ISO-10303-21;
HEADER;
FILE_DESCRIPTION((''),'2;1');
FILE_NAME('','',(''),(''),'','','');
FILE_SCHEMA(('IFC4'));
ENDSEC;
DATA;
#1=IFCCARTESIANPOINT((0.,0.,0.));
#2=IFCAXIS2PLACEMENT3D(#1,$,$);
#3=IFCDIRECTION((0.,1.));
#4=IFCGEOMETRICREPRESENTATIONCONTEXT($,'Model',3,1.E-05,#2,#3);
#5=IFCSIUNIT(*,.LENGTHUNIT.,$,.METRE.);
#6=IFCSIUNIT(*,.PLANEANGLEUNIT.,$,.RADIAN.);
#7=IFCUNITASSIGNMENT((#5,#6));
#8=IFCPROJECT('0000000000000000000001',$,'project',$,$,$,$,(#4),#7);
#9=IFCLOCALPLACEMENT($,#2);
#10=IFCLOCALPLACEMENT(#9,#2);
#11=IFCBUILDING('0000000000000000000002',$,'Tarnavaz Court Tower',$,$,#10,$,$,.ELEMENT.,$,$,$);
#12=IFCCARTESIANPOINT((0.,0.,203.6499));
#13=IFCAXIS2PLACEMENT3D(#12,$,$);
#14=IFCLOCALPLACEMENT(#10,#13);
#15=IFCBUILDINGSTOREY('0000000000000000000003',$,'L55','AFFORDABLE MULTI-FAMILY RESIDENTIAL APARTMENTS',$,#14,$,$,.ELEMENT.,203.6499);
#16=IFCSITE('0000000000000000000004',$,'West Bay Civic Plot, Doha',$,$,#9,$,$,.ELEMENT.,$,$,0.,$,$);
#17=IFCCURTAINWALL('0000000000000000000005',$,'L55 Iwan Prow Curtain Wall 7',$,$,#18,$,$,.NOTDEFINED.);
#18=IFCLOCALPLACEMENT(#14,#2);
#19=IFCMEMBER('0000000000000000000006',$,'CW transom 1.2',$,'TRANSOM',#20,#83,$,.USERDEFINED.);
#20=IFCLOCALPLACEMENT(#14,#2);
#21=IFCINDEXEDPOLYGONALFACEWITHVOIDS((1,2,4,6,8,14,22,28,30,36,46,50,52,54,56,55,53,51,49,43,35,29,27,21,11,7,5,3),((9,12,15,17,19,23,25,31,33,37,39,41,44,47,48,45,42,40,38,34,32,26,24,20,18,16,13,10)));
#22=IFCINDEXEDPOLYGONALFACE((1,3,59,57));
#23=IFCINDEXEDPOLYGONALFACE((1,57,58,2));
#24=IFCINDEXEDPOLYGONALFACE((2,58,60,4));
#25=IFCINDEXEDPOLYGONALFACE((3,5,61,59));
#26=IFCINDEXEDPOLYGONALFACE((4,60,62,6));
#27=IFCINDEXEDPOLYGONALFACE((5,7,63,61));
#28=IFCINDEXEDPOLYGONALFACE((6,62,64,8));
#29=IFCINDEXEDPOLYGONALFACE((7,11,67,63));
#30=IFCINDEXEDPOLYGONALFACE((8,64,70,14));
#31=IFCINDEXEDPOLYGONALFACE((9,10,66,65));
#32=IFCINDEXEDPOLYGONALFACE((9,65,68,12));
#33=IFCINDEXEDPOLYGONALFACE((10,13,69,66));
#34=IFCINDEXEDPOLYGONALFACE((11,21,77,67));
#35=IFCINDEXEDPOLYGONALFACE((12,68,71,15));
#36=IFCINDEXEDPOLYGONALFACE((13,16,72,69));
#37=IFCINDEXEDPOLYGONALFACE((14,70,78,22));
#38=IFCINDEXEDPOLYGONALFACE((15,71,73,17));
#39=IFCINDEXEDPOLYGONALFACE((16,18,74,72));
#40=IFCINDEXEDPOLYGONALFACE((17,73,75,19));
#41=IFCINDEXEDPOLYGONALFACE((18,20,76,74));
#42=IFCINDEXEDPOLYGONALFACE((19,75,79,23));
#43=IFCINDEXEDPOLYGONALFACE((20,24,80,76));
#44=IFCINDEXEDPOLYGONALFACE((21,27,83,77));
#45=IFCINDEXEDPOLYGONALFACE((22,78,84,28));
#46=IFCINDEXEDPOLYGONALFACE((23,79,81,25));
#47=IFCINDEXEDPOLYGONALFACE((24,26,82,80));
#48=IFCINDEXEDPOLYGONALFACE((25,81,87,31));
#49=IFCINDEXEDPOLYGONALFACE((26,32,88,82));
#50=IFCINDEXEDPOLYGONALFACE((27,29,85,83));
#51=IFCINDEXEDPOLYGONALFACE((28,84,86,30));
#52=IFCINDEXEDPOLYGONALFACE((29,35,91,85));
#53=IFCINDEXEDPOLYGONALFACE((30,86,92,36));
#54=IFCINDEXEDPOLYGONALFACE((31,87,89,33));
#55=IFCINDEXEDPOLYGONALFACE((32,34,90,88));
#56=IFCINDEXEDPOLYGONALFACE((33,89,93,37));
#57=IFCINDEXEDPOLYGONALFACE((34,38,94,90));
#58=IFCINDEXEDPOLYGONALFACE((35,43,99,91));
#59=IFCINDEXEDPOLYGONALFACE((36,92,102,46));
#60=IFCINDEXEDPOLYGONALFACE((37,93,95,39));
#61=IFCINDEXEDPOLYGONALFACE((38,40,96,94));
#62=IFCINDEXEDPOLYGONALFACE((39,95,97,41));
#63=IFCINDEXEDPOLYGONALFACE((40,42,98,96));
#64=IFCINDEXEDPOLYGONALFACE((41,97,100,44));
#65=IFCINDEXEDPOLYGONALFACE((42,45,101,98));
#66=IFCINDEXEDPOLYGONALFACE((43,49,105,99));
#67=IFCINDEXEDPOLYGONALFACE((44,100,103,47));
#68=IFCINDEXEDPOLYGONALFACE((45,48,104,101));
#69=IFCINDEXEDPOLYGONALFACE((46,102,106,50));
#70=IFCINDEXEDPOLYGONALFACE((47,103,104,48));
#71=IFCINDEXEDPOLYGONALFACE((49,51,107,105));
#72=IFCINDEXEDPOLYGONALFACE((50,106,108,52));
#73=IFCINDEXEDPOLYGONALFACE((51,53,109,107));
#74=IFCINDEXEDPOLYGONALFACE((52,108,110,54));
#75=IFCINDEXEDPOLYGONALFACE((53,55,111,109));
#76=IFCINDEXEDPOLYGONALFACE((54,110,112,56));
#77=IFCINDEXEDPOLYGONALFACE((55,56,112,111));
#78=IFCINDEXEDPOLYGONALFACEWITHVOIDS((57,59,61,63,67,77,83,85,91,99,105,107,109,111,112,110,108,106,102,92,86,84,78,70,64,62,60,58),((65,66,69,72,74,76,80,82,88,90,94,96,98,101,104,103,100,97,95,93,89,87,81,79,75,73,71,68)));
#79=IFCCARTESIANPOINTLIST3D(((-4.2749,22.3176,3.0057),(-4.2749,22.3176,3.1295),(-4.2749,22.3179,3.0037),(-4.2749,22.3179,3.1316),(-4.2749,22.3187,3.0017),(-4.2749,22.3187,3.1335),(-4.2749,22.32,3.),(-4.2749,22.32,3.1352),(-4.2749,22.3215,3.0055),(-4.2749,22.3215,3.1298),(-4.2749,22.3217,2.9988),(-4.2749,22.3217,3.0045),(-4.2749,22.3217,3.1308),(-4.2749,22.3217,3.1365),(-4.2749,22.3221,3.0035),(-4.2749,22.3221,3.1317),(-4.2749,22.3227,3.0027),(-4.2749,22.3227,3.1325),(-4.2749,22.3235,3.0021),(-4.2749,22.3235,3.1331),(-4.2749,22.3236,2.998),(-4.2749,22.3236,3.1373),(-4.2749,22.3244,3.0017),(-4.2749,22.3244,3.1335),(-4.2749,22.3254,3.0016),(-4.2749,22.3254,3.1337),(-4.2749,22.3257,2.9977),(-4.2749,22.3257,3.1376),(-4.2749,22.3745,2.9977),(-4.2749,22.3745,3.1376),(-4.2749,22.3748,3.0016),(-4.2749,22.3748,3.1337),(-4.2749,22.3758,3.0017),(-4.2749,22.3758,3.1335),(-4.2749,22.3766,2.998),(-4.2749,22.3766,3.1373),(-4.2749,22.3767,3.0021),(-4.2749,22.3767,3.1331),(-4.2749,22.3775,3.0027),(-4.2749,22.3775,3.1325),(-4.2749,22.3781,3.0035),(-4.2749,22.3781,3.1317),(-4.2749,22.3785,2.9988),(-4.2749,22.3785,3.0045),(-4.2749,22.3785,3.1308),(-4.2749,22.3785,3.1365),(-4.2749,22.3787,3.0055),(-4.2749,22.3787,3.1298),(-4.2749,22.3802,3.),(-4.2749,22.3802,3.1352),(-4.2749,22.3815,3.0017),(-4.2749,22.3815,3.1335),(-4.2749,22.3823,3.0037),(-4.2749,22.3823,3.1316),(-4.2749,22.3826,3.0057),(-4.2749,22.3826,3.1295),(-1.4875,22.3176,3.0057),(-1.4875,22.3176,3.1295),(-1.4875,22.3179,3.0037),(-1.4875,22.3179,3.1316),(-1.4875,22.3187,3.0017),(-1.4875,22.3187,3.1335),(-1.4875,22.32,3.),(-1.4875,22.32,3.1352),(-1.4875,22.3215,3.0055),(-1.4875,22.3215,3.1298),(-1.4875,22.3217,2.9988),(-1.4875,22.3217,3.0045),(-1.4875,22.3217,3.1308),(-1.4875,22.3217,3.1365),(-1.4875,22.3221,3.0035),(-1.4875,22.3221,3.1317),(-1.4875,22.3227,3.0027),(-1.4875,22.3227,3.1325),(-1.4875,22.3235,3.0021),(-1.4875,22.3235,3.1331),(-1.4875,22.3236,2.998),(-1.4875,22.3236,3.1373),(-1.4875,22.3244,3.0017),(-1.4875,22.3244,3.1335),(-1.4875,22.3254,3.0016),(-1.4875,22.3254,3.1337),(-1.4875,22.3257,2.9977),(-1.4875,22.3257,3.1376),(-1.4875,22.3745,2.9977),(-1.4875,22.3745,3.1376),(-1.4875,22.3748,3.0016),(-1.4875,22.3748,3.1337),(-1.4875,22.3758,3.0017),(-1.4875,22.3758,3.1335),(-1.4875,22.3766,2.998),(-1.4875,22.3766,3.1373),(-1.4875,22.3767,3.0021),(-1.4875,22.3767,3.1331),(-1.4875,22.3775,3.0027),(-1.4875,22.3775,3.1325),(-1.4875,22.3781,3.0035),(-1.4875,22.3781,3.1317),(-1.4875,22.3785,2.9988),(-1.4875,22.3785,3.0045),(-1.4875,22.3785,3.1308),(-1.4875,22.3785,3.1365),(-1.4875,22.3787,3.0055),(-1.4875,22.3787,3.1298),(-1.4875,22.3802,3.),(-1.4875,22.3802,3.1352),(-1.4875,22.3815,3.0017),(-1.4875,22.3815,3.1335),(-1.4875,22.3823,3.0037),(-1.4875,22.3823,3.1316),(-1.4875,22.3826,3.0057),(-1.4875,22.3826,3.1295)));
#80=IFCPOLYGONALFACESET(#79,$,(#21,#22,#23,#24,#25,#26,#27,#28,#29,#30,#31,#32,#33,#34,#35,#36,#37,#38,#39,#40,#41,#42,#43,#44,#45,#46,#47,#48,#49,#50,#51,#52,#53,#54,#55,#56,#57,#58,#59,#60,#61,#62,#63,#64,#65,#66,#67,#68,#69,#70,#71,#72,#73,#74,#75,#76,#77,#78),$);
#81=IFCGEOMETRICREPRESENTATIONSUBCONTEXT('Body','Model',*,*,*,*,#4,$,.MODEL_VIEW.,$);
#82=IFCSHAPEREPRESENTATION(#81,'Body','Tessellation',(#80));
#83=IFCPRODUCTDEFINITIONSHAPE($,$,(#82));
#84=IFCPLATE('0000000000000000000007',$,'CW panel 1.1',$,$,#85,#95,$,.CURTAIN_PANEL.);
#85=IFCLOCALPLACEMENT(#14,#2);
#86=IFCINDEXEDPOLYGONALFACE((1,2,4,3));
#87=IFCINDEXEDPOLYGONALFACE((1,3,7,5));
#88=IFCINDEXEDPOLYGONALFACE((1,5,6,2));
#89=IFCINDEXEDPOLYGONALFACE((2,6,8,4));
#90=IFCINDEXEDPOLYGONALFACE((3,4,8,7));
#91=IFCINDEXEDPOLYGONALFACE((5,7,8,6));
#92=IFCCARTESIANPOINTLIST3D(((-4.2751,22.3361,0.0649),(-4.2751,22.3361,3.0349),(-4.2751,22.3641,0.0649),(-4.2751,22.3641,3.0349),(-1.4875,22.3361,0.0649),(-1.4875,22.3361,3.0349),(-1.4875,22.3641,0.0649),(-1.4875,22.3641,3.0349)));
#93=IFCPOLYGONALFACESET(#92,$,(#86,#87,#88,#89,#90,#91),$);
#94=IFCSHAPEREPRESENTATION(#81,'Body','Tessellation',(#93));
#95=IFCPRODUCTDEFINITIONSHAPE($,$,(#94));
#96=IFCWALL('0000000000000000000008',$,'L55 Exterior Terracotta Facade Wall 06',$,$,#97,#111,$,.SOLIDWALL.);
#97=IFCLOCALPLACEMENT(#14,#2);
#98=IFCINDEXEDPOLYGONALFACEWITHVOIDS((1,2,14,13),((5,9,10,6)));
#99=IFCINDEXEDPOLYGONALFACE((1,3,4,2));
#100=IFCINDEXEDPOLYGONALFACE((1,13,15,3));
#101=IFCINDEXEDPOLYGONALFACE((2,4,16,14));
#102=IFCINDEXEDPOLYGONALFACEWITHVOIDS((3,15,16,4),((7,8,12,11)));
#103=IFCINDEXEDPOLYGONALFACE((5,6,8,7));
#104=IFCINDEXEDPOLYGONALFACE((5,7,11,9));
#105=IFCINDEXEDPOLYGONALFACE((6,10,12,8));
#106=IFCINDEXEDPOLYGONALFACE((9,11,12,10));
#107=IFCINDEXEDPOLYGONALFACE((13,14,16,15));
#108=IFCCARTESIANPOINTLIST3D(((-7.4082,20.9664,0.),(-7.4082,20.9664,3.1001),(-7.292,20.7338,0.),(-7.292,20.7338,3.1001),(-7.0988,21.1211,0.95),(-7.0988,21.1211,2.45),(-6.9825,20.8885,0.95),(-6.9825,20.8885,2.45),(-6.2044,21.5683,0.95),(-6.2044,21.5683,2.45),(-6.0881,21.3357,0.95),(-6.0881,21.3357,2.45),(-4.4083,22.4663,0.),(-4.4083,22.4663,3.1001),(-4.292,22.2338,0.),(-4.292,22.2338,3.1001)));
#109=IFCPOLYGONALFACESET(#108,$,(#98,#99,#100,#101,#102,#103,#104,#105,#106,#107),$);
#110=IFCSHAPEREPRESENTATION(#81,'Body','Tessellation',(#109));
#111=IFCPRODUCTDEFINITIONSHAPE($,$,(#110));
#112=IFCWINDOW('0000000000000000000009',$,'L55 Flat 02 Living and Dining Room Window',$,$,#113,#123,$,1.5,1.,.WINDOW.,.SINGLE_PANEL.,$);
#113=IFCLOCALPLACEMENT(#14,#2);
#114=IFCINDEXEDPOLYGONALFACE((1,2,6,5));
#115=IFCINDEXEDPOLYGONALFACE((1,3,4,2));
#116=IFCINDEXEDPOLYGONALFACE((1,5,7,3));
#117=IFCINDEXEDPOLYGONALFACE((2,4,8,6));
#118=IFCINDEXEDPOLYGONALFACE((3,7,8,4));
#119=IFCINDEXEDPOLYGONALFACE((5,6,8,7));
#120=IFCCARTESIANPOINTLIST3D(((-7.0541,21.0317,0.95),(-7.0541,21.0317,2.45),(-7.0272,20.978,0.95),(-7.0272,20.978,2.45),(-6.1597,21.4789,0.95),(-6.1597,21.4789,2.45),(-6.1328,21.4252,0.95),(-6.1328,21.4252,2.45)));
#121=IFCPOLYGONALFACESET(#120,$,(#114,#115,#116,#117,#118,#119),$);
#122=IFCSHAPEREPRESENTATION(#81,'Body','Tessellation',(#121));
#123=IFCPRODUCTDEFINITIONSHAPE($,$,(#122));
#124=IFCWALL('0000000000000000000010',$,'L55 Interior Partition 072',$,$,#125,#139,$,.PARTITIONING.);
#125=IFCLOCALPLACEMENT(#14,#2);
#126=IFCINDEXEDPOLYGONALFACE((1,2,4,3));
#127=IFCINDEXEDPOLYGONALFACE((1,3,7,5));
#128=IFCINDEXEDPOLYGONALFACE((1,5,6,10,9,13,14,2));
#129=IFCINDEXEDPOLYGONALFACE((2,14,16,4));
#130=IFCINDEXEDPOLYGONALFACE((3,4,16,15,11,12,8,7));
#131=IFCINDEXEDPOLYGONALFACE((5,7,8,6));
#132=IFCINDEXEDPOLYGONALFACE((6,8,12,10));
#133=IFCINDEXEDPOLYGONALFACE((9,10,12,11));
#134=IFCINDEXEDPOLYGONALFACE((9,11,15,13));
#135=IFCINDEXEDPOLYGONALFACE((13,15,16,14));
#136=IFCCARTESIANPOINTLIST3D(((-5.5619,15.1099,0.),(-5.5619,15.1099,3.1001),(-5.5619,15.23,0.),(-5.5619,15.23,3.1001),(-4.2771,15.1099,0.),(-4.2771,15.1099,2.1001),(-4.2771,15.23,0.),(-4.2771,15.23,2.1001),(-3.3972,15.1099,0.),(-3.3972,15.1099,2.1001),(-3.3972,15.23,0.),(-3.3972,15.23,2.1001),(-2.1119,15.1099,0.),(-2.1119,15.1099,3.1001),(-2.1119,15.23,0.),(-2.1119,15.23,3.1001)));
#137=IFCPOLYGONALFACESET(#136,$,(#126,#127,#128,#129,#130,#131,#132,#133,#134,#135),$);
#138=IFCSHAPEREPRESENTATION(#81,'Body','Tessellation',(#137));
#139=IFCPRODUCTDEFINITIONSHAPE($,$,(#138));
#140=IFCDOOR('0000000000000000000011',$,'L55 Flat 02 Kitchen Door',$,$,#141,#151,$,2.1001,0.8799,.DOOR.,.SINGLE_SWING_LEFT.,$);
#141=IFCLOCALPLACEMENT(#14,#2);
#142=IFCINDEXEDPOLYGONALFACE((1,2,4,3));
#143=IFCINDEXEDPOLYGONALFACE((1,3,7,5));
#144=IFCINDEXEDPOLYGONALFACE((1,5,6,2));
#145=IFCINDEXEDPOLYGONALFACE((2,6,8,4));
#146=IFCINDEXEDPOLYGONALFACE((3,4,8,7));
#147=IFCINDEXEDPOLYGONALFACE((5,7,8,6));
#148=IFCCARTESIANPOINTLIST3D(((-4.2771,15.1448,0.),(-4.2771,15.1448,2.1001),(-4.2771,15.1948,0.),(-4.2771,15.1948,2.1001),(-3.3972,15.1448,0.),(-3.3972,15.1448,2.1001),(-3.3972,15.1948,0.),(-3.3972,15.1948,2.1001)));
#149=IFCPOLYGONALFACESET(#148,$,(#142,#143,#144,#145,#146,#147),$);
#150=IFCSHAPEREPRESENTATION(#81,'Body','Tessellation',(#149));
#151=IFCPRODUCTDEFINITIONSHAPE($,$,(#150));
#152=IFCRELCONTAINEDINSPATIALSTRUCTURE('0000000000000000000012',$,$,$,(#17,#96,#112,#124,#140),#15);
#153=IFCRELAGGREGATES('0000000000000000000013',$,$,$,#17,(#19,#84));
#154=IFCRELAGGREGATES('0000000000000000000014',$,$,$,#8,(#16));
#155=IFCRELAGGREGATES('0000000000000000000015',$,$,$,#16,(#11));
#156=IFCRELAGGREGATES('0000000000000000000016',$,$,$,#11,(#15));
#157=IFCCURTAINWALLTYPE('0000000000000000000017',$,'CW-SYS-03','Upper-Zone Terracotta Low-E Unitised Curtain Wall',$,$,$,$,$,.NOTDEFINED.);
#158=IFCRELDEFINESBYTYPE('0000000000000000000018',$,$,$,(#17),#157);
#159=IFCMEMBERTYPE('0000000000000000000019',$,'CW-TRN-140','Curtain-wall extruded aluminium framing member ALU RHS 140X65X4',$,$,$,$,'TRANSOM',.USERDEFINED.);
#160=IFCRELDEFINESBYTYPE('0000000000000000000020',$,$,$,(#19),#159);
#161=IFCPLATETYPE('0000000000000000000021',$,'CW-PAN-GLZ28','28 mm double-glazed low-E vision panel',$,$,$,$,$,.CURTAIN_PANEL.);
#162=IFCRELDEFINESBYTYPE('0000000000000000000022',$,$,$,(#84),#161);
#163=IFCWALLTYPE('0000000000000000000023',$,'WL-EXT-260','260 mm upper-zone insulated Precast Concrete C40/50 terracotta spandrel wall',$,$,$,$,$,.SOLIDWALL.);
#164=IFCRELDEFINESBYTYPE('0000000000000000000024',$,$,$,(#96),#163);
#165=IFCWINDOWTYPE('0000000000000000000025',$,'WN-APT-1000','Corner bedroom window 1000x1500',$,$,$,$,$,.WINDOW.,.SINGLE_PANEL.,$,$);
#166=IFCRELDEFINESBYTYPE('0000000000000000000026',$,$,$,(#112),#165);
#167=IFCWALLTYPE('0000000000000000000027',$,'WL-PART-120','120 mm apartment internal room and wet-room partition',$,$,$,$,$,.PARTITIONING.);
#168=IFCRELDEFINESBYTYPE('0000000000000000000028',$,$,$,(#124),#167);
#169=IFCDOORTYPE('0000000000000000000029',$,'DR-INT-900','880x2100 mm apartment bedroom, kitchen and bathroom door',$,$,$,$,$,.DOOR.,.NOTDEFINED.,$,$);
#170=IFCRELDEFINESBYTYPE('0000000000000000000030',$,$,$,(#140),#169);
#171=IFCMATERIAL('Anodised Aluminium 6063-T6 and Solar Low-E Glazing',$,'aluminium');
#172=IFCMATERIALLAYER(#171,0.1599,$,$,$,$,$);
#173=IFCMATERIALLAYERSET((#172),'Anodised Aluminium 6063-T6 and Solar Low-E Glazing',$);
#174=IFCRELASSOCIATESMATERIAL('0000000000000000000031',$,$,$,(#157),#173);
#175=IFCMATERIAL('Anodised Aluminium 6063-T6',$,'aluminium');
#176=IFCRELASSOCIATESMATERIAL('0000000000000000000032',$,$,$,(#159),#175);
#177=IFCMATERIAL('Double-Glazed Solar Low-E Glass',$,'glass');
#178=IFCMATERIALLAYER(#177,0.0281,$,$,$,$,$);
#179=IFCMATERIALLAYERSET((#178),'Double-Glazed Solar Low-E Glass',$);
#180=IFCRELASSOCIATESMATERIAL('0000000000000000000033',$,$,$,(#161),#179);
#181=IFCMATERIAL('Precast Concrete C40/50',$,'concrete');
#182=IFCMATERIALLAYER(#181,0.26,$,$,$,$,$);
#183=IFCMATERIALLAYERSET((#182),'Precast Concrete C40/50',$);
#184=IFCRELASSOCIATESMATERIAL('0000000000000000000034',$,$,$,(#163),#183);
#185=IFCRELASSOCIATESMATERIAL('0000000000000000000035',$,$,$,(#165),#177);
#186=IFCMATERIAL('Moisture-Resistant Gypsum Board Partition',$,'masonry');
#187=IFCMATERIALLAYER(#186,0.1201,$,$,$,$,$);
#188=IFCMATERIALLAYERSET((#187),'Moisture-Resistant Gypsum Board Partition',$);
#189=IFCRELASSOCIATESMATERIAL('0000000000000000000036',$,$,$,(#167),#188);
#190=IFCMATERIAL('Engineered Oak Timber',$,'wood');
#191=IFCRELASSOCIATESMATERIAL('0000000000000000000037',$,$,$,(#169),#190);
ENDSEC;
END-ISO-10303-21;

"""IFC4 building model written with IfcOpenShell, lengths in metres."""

from ifc_helpers import new_model, si_unit, direction, frame, frame_2d, origin, origin_2d, place, context, subcontext, project, spatial, rectangle, hollow_rectangle, extrude, material, layer, layer_set, material_profile, profile_set, type_object, element, fill, aggregate, save


model = new_model("IFC4")

# Units and contexts
model_context = context("Model", 3, precision=1e-05, world=origin(), true_north=direction((0.0, 1.0)))
body_context = subcontext(model_context, "Body", "Model", "MODEL_VIEW")
ifc_project = project(units=[si_unit("LENGTHUNIT", "METRE"), si_unit("PLANEANGLEUNIT", "RADIAN")], contexts=[model_context])

# Site, building, storey
site_placement = place(None, origin())
site = spatial("IfcSite", under=ifc_project, at=site_placement, Name="West Bay Civic Plot, Doha", CompositionType="ELEMENT", RefElevation=0.0)
building_placement = place(site_placement, origin())
building = spatial("IfcBuilding", under=site, at=building_placement, Name="Tarnavaz Court Tower", CompositionType="ELEMENT")
storey_placement = place(building_placement, frame((0.0, 0.0, 203.6499)))
storey = spatial("IfcBuildingStorey", under=building, at=storey_placement, Name="L55", Description="AFFORDABLE MULTI-FAMILY RESIDENTIAL APARTMENTS", CompositionType="ELEMENT", Elevation=203.6499)

# Curtain wall, member, plate
ifc_material_1 = material(Name="Anodised Aluminium 6063-T6 and Solar Low-E Glazing", Category="aluminium")
ifc_layer_1 = layer(ifc_material_1, 0.1599)
ifc_layer_set_1 = layer_set([ifc_layer_1], Name="Anodised Aluminium 6063-T6 and Solar Low-E Glazing")
curtain_wall_type = type_object("IfcCurtainWallType", Name="CW-SYS-03", Description="Upper-Zone Terracotta Low-E Unitised Curtain Wall", PredefinedType="NOTDEFINED", material=ifc_layer_set_1)
curtain_wall_placement = place(storey_placement, origin())
curtain_wall = element("IfcCurtainWall", 1, at=curtain_wall_placement, inside=storey, type_object=curtain_wall_type, Name="L55 Iwan Prow Curtain Wall 7", PredefinedType="NOTDEFINED")
ifc_material_2 = material(Name="Anodised Aluminium 6063-T6", Category="aluminium")
ifc_material_profile_1 = material_profile(ifc_material_2, hollow_rectangle(XDim=0.0649, YDim=0.1399, WallThickness=0.0039, InnerFilletRadius=0.0039, OuterFilletRadius=0.0081, at=origin_2d()), Name="ALU RHS 140X65X4")
ifc_profile_set_1 = profile_set([ifc_material_profile_1], Name="Anodised Aluminium 6063-T6")
member_type_1 = type_object("IfcMemberType", Name="CW-TRN-140", Description="Curtain-wall extruded aluminium framing member ALU RHS 140X65X4", ElementType="TRANSOM", PredefinedType="USERDEFINED", material=ifc_profile_set_1)
member_1_placement = place(storey_placement, frame((-4.2749, 22.3501, 3.0676), z_axis=(1.0, 0.0, 0.0), x_axis=(0.0, 1.0, 0.0)))
member_1 = element("IfcMember", 2, at=member_1_placement, type_object=member_type_1, Name="CW transom 1.2", ObjectType="TRANSOM", PredefinedType="USERDEFINED", context=body_context, shape_type="SweptSolid", body=[
    extrude(hollow_rectangle(XDim=0.0649, YDim=0.1399, WallThickness=0.0039, InnerFilletRadius=0.0039, OuterFilletRadius=0.0081, at=origin_2d()), origin(), (0.0, 0.0, 1.0), 2.7874),
])
ifc_material_3 = material(Name="Double-Glazed Solar Low-E Glass", Category="glass")
ifc_layer_2 = layer(ifc_material_3, 0.0281)
ifc_layer_set_2 = layer_set([ifc_layer_2], Name="Double-Glazed Solar Low-E Glass")
plate_type = type_object("IfcPlateType", Name="CW-PAN-GLZ28", Description="28 mm double-glazed low-E vision panel", PredefinedType="CURTAIN_PANEL", material=ifc_layer_set_2)
plate_placement = place(storey_placement, frame((-2.8813, 22.3501, 0.0649), z_axis=(0.0, 0.0, 1.0), x_axis=(1.0, 0.0, 0.0)))
plate = element("IfcPlate", 3, at=plate_placement, type_object=plate_type, Name="CW panel 1.1", PredefinedType="CURTAIN_PANEL", context=body_context, shape_type="SweptSolid", body=[
    extrude(rectangle(XDim=2.7876, YDim=0.0281, at=origin_2d()), origin(), (0.0, 0.0, 1.0), 2.97),
])
aggregate(curtain_wall, [member_1, plate])

# Wall, opening, window
ifc_material_4 = material(Name="Precast Concrete C40/50", Category="concrete")
ifc_layer_3 = layer(ifc_material_4, 0.26)
ifc_layer_set_3 = layer_set([ifc_layer_3], Name="Precast Concrete C40/50")
wall_type_1 = type_object("IfcWallType", Name="WL-EXT-260", Description="260 mm upper-zone insulated Precast Concrete C40/50 terracotta spandrel wall", PredefinedType="SOLIDWALL", material=ifc_layer_set_3)
wall_1_placement = place(storey_placement, frame((-7.3501, 20.8501, 0.0), z_axis=(0.0, 0.0, 1.0), x_axis=(0.894427, 0.447214, 0.0)))
wall_1 = element("IfcWall", 4, at=wall_1_placement, inside=storey, type_object=wall_type_1, Name="L55 Exterior Terracotta Facade Wall 06", PredefinedType="SOLIDWALL", context=body_context, shape_type="SweptSolid", body=[
    extrude(rectangle(XDim=3.354, YDim=0.26, at=frame_2d((1.677, 0.0))), origin(), (0.0, 0.0, 1.0), 3.1001),
])
opening_1_placement = place(wall_1_placement, frame((0.3459, 0.0, 0.95)))
opening_1 = element("IfcOpeningElement", 5, at=opening_1_placement, cuts=wall_1, PredefinedType="OPENING", context=body_context, shape_type="SweptSolid", body=[
    extrude(rectangle(XDim=1.0, YDim=1.5, at=frame_2d((0.5, 0.75))), frame((0.0, 0.1399, 0.0), z_axis=(0.0, -1.0, 0.0), x_axis=(1.0, 0.0, 0.0)), (0.0, 0.0, 1.0), 0.28),
])
window_type = type_object("IfcWindowType", Name="WN-APT-1000", Description="Corner bedroom window 1000x1500", PartitioningType="SINGLE_PANEL", PredefinedType="WINDOW", material=ifc_material_3)
window_placement = place(opening_1_placement, origin())
window = element("IfcWindow", 6, at=window_placement, inside=storey, type_object=window_type, Name="L55 Flat 02 Living and Dining Room Window", OverallHeight=1.5, OverallWidth=1.0, PartitioningType="SINGLE_PANEL", PredefinedType="WINDOW", context=body_context, shape_type="SweptSolid", body=[
    extrude(rectangle(XDim=1.0, YDim=1.5, at=frame_2d((0.5, 0.75))), frame((0.0, 0.03, 0.0), z_axis=(0.0, -1.0, 0.0), x_axis=(1.0, 0.0, 0.0)), (0.0, 0.0, 1.0), 0.0601),
])
fill(opening_1, window)

# Wall, opening, door
ifc_material_5 = material(Name="Moisture-Resistant Gypsum Board Partition", Category="masonry")
ifc_layer_4 = layer(ifc_material_5, 0.1201)
ifc_layer_set_4 = layer_set([ifc_layer_4], Name="Moisture-Resistant Gypsum Board Partition")
wall_type_2 = type_object("IfcWallType", Name="WL-PART-120", Description="120 mm apartment internal room and wet-room partition", PredefinedType="PARTITIONING", material=ifc_layer_set_4)
wall_2_placement = place(storey_placement, frame((-5.562, 15.1699, 0.0), z_axis=(0.0, 0.0, 1.0), x_axis=(1.0, 0.0, 0.0)))
wall_2 = element("IfcWall", 7, at=wall_2_placement, inside=storey, type_object=wall_type_2, Name="L55 Interior Partition 072", PredefinedType="PARTITIONING", context=body_context, shape_type="SweptSolid", body=[
    extrude(rectangle(XDim=3.45, YDim=0.1201, at=frame_2d((1.7251, 0.0))), origin(), (0.0, 0.0, 1.0), 3.1001),
])
opening_2_placement = place(wall_2_placement, frame((1.2849, 0.0, 0.0)))
opening_2 = element("IfcOpeningElement", 8, at=opening_2_placement, cuts=wall_2, PredefinedType="OPENING", context=body_context, shape_type="SweptSolid", body=[
    extrude(rectangle(XDim=0.8799, YDim=2.1001, at=frame_2d((0.4399, 1.05))), frame((0.0, 0.0701, 0.0), z_axis=(0.0, -1.0, 0.0), x_axis=(1.0, 0.0, 0.0)), (0.0, 0.0, 1.0), 0.1401),
])
ifc_material_6 = material(Name="Engineered Oak Timber", Category="wood")
door_type = type_object("IfcDoorType", Name="DR-INT-900", Description="880x2100 mm apartment bedroom, kitchen and bathroom door", OperationType="NOTDEFINED", PredefinedType="DOOR", material=ifc_material_6)
door_1_placement = place(opening_2_placement, origin())
door_1 = element("IfcDoor", 9, at=door_1_placement, inside=storey, type_object=door_type, Name="L55 Flat 02 Kitchen Door", OperationType="SINGLE_SWING_LEFT", OverallHeight=2.1001, OverallWidth=0.8799, PredefinedType="DOOR", context=body_context, shape_type="SweptSolid", body=[
    extrude(rectangle(XDim=0.8799, YDim=2.1001, at=frame_2d((0.4399, 1.05))), frame((0.0, 0.0249, 0.0), z_axis=(0.0, -1.0, 0.0), x_axis=(1.0, 0.0, 0.0)), (0.0, 0.0, 1.0), 0.05),
])
fill(opening_2, door_1)

save(model, "model.ifc")
